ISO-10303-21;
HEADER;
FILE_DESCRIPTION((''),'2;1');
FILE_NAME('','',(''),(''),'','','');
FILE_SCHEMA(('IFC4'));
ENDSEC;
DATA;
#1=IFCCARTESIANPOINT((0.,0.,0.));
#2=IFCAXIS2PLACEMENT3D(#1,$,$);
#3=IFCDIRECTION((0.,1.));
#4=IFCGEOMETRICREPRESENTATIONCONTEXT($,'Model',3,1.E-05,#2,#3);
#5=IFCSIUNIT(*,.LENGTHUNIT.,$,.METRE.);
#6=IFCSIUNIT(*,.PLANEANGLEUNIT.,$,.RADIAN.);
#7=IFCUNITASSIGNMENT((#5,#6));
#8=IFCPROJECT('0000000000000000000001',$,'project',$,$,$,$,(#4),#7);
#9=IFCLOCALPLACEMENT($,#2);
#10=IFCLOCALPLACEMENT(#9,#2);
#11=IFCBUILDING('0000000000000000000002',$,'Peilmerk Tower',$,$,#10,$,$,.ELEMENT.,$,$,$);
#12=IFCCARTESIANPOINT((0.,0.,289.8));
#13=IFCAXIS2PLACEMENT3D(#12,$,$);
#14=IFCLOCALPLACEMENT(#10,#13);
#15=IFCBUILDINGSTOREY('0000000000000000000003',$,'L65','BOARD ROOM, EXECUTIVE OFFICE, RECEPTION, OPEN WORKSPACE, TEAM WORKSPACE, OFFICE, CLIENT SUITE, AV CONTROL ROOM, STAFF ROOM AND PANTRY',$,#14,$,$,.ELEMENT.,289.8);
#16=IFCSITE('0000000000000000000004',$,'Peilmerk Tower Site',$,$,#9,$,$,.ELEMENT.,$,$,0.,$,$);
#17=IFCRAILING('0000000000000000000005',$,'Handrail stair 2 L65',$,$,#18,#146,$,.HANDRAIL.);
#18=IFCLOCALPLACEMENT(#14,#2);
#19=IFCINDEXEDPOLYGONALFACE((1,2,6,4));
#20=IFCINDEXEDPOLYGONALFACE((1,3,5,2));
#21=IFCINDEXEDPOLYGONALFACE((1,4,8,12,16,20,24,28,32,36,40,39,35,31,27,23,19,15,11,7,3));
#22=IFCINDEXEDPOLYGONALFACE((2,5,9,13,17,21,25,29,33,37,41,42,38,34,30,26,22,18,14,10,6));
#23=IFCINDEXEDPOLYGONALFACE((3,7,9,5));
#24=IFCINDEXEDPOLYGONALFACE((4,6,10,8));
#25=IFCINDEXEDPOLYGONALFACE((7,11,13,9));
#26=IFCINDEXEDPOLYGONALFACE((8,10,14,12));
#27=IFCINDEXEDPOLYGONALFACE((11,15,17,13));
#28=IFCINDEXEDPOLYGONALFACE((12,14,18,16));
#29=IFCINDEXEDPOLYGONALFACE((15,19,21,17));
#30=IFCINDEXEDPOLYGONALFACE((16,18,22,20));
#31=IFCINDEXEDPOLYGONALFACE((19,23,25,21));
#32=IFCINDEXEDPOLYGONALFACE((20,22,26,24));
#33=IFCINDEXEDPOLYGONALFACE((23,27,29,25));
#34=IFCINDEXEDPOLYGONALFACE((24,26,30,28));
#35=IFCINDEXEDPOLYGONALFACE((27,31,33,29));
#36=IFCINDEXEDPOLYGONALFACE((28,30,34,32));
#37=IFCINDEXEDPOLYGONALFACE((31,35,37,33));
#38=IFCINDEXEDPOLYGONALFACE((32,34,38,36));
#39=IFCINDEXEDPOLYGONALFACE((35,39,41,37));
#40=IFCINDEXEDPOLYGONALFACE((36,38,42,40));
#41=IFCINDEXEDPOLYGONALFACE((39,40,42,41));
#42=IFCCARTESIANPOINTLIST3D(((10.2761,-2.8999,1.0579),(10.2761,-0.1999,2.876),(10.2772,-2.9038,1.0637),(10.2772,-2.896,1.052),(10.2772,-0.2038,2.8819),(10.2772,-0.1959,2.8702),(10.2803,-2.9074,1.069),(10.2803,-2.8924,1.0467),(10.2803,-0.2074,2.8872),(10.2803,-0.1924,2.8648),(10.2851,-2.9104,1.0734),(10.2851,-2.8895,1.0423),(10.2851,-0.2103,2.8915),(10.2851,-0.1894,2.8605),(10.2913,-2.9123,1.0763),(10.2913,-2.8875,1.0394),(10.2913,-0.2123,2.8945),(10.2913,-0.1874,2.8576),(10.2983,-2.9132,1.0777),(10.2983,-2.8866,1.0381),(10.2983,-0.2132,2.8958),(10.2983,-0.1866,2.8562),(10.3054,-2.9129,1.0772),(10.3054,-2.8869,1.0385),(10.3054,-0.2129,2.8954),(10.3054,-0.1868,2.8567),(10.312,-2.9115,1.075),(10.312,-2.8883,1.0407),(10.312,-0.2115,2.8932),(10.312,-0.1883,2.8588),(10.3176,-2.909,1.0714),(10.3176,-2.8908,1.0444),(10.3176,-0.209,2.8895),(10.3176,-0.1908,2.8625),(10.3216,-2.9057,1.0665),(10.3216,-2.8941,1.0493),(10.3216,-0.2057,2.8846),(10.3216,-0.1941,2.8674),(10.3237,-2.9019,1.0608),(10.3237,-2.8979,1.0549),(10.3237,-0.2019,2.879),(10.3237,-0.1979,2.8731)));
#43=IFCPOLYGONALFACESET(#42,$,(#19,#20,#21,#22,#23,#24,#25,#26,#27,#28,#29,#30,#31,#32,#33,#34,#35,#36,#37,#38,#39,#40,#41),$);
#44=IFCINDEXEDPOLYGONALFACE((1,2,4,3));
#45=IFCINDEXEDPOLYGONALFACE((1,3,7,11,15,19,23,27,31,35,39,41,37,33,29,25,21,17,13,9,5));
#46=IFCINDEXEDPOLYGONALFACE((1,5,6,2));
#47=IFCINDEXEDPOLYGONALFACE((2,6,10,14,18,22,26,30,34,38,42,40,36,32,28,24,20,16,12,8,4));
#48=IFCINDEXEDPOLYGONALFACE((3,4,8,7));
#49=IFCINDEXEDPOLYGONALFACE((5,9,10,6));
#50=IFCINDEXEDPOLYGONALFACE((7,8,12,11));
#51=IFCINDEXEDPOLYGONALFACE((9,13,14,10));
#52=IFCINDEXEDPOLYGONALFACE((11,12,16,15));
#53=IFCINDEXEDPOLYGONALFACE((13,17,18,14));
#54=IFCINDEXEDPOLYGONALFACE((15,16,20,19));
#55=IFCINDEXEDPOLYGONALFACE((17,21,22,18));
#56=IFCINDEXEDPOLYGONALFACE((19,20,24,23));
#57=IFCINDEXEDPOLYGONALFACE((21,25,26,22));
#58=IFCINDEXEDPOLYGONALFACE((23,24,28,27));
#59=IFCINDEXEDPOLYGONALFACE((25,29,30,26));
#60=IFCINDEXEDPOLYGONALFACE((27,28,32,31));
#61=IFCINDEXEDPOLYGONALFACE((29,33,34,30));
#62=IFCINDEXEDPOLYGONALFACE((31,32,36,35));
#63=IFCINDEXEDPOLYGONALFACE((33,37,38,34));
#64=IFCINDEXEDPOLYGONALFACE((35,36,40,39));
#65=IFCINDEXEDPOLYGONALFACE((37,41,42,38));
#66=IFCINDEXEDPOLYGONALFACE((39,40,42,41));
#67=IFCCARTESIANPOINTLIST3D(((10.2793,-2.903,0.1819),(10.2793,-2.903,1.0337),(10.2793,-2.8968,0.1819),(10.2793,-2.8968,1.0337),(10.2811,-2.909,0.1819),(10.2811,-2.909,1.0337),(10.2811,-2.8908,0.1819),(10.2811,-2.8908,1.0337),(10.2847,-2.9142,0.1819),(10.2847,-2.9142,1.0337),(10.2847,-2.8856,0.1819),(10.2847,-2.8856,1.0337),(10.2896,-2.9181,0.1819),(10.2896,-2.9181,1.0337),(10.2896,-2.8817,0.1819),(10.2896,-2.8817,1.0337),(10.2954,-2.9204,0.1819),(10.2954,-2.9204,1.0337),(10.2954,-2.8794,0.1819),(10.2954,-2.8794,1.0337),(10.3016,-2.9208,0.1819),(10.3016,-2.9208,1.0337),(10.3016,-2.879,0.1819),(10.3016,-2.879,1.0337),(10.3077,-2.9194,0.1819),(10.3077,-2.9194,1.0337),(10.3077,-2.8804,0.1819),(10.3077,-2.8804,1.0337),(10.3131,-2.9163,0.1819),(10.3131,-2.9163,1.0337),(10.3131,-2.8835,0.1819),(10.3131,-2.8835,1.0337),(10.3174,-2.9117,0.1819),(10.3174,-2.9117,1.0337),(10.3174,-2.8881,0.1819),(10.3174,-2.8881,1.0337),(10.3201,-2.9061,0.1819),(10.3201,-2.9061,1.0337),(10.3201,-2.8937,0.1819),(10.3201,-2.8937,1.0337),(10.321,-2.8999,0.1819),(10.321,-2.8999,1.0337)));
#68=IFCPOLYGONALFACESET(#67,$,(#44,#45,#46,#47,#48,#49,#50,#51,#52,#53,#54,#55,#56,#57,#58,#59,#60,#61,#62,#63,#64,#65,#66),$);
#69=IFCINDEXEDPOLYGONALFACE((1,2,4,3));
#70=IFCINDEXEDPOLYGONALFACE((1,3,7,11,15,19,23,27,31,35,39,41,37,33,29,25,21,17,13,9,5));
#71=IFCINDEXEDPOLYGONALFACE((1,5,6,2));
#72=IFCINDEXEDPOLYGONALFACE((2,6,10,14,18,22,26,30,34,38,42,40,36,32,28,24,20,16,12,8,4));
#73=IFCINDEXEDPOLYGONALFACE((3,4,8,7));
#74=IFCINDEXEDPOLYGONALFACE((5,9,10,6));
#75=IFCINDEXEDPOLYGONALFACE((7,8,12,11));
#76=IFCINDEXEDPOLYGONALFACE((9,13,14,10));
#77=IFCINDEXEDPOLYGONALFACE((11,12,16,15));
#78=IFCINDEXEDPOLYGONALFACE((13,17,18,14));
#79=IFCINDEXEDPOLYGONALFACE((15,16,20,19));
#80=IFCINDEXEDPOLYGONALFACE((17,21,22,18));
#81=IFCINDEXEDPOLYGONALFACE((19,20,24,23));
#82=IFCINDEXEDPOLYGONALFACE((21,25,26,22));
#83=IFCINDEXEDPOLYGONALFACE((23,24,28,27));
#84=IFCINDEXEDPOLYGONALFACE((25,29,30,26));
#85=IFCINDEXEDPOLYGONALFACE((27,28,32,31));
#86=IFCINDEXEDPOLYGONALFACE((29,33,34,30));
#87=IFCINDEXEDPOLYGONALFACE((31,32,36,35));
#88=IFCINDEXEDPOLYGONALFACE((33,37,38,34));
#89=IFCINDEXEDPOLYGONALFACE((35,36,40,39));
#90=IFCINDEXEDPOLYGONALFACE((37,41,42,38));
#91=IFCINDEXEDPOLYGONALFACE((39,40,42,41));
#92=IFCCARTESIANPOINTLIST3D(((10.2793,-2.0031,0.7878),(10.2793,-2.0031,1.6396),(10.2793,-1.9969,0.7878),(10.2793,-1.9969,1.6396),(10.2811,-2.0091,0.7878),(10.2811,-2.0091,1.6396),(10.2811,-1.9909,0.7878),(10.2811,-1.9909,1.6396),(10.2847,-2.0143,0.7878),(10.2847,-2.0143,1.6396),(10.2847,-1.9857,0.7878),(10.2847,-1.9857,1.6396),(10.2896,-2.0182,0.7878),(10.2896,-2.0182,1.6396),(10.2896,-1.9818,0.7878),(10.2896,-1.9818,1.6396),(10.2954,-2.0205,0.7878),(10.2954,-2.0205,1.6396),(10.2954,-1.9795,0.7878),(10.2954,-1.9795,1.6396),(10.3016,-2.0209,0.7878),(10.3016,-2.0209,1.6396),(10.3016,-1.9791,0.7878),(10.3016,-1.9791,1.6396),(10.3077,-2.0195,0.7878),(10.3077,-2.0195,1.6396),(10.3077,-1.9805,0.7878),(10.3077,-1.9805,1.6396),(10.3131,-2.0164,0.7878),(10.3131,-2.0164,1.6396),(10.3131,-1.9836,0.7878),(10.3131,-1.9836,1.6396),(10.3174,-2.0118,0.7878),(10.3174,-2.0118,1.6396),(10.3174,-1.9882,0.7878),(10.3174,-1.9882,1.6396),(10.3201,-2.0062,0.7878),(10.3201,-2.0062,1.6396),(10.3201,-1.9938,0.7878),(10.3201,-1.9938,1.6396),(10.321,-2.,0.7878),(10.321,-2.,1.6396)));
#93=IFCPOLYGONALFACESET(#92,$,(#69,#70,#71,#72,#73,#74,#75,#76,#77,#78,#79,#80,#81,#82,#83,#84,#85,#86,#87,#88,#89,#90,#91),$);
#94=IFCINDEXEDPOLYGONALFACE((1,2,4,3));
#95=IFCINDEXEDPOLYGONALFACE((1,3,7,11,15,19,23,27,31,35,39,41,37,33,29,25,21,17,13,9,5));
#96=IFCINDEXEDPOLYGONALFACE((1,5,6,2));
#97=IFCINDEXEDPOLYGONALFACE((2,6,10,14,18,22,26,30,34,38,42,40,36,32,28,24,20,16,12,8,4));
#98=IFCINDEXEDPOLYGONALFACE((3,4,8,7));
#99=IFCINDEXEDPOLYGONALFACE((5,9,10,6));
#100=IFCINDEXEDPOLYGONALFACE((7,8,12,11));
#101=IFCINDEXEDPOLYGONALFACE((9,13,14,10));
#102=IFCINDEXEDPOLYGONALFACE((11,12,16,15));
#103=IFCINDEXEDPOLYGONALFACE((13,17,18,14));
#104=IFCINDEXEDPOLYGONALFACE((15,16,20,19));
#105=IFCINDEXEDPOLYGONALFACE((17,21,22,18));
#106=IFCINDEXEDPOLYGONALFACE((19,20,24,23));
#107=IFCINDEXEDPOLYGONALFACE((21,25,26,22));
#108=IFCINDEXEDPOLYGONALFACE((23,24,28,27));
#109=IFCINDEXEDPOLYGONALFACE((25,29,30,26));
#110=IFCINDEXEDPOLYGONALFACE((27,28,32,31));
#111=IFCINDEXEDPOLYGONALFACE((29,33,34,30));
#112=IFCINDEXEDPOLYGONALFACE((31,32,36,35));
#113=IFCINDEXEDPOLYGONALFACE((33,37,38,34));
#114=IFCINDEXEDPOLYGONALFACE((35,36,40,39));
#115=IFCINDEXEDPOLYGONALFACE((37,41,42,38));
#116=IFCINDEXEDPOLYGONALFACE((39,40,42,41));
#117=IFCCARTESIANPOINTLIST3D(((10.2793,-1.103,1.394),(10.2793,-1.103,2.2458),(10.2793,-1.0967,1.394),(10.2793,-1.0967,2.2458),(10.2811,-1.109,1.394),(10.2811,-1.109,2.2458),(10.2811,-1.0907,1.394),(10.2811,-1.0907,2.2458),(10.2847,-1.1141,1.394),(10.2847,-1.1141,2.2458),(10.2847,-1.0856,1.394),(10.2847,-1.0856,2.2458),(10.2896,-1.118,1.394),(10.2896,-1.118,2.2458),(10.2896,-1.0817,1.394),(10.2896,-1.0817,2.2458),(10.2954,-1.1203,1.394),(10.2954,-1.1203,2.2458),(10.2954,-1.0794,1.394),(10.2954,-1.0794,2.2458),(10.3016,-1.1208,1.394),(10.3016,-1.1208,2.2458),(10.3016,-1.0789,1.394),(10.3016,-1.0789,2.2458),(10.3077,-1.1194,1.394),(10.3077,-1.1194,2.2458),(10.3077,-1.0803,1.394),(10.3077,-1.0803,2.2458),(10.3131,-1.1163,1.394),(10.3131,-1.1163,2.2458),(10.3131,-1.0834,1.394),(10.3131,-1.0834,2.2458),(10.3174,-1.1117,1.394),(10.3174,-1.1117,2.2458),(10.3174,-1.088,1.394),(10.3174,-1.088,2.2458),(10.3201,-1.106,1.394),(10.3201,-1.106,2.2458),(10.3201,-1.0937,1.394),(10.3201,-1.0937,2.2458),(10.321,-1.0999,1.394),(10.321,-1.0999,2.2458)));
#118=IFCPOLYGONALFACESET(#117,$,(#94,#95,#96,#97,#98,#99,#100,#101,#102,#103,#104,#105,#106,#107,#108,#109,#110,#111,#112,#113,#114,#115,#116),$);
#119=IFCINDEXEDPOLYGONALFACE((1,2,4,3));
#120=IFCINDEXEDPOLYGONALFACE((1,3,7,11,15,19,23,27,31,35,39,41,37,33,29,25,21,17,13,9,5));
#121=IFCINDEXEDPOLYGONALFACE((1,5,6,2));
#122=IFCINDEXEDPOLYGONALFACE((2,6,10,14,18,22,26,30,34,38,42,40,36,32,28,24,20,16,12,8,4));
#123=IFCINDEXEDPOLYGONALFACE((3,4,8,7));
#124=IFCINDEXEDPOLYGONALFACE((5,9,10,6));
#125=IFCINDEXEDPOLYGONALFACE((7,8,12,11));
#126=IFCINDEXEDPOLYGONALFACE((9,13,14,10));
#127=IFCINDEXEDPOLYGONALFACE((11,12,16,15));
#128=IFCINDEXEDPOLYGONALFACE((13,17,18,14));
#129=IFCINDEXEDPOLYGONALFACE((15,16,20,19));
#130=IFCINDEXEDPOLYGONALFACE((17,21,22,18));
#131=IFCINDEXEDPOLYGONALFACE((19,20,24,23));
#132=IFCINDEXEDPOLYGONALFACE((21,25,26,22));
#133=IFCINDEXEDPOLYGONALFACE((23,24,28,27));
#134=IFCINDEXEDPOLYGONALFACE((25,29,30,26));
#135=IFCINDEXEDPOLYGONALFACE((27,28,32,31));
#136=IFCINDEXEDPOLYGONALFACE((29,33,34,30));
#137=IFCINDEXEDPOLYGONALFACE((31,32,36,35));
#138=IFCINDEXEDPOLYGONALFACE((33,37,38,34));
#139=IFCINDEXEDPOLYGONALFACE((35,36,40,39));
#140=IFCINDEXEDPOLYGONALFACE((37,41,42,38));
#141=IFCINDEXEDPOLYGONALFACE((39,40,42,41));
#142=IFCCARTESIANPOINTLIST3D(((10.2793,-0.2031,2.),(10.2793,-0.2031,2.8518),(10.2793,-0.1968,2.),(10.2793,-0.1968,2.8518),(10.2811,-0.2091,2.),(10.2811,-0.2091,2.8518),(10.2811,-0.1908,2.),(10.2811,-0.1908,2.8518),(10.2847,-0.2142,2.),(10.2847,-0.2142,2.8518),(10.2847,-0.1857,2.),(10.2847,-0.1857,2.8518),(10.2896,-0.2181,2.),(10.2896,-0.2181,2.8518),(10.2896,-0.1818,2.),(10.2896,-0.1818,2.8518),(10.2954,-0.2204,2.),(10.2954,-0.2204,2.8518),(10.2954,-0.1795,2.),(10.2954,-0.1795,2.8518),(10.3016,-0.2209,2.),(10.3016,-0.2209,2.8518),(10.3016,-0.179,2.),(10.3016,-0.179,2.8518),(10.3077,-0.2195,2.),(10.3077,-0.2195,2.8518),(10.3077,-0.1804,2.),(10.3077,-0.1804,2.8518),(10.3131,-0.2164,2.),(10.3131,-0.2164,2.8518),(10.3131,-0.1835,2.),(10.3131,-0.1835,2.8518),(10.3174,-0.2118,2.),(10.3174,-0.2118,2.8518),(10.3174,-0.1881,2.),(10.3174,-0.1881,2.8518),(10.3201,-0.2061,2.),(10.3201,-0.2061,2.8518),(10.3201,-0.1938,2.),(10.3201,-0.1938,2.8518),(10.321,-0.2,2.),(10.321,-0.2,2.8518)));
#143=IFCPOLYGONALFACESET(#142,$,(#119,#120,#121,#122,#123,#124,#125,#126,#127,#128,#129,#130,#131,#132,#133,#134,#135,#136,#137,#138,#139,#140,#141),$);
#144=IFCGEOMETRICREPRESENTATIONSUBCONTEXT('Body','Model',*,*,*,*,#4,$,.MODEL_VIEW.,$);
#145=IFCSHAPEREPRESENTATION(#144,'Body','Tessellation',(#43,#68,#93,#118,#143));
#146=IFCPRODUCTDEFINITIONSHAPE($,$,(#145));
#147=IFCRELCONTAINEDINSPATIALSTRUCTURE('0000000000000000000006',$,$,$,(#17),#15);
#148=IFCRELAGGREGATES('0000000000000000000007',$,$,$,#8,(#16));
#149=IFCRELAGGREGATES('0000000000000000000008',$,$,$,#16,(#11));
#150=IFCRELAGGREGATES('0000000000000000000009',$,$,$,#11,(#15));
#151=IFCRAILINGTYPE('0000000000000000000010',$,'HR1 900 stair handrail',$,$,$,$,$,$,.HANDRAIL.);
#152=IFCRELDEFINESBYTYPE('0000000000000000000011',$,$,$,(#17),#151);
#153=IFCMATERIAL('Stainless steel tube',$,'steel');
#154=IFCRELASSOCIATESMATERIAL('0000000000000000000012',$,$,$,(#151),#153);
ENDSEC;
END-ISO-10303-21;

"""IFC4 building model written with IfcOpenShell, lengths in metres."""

from ifc_helpers import new_model, si_unit, direction, frame, origin, origin_2d, place, context, subcontext, project, spatial, circle, extrude, material, type_object, element, save


model = new_model("IFC4")

# Units and contexts
model_context = context("Model", 3, precision=1e-05, world=origin(), true_north=direction((0.0, 1.0)))
body_context = subcontext(model_context, "Body", "Model", "MODEL_VIEW")
ifc_project = project(units=[si_unit("LENGTHUNIT", "METRE"), si_unit("PLANEANGLEUNIT", "RADIAN")], contexts=[model_context])

# Site, building, storey
site_placement = place(None, origin())
site = spatial("IfcSite", under=ifc_project, at=site_placement, Name="Peilmerk Tower Site", CompositionType="ELEMENT", RefElevation=0.0)
building_placement = place(site_placement, origin())
building = spatial("IfcBuilding", under=site, at=building_placement, Name="Peilmerk Tower", CompositionType="ELEMENT")
storey_placement = place(building_placement, frame((0.0, 0.0, 289.8)))
storey = spatial("IfcBuildingStorey", under=building, at=storey_placement, Name="L65", Description="BOARD ROOM, EXECUTIVE OFFICE, RECEPTION, OPEN WORKSPACE, TEAM WORKSPACE, OFFICE, CLIENT SUITE, AV CONTROL ROOM, STAFF ROOM AND PANTRY", CompositionType="ELEMENT", Elevation=289.8)

# Railing
ifc_material_1 = material(Name="Stainless steel tube", Category="steel")
railing_type_1 = type_object("IfcRailingType", Name="HR1 900 stair handrail", PredefinedType="HANDRAIL", material=ifc_material_1)
railing_1_placement = place(storey_placement, frame((10.3, -2.8999, 0.1819)))
element("IfcRailing", 1, at=railing_1_placement, inside=storey, type_object=railing_type_1, Name="Handrail stair 2 L65", PredefinedType="HANDRAIL", context=body_context, shape_type="SweptSolid", body=[
    extrude(circle(Radius=0.0239, at=origin_2d()), frame((0.0, 0.0, 0.876), z_axis=(0.0, 0.829468, 0.558554), x_axis=(-1.0, 0.0, 0.0)), (0.0, 0.0, 1.0), 3.2551),
    extrude(circle(Radius=0.021, at=origin_2d()), origin(), (0.0, 0.0, 1.0), 0.8518),
    extrude(circle(Radius=0.021, at=origin_2d()), frame((0.0, 0.8999, 0.606)), (0.0, 0.0, 1.0), 0.8518),
    extrude(circle(Radius=0.021, at=origin_2d()), frame((0.0, 1.8, 1.2122)), (0.0, 0.0, 1.0), 0.8518),
    extrude(circle(Radius=0.021, at=origin_2d()), frame((0.0, 2.7, 1.8181)), (0.0, 0.0, 1.0), 0.8518),
])

save(model, "model.ifc")
